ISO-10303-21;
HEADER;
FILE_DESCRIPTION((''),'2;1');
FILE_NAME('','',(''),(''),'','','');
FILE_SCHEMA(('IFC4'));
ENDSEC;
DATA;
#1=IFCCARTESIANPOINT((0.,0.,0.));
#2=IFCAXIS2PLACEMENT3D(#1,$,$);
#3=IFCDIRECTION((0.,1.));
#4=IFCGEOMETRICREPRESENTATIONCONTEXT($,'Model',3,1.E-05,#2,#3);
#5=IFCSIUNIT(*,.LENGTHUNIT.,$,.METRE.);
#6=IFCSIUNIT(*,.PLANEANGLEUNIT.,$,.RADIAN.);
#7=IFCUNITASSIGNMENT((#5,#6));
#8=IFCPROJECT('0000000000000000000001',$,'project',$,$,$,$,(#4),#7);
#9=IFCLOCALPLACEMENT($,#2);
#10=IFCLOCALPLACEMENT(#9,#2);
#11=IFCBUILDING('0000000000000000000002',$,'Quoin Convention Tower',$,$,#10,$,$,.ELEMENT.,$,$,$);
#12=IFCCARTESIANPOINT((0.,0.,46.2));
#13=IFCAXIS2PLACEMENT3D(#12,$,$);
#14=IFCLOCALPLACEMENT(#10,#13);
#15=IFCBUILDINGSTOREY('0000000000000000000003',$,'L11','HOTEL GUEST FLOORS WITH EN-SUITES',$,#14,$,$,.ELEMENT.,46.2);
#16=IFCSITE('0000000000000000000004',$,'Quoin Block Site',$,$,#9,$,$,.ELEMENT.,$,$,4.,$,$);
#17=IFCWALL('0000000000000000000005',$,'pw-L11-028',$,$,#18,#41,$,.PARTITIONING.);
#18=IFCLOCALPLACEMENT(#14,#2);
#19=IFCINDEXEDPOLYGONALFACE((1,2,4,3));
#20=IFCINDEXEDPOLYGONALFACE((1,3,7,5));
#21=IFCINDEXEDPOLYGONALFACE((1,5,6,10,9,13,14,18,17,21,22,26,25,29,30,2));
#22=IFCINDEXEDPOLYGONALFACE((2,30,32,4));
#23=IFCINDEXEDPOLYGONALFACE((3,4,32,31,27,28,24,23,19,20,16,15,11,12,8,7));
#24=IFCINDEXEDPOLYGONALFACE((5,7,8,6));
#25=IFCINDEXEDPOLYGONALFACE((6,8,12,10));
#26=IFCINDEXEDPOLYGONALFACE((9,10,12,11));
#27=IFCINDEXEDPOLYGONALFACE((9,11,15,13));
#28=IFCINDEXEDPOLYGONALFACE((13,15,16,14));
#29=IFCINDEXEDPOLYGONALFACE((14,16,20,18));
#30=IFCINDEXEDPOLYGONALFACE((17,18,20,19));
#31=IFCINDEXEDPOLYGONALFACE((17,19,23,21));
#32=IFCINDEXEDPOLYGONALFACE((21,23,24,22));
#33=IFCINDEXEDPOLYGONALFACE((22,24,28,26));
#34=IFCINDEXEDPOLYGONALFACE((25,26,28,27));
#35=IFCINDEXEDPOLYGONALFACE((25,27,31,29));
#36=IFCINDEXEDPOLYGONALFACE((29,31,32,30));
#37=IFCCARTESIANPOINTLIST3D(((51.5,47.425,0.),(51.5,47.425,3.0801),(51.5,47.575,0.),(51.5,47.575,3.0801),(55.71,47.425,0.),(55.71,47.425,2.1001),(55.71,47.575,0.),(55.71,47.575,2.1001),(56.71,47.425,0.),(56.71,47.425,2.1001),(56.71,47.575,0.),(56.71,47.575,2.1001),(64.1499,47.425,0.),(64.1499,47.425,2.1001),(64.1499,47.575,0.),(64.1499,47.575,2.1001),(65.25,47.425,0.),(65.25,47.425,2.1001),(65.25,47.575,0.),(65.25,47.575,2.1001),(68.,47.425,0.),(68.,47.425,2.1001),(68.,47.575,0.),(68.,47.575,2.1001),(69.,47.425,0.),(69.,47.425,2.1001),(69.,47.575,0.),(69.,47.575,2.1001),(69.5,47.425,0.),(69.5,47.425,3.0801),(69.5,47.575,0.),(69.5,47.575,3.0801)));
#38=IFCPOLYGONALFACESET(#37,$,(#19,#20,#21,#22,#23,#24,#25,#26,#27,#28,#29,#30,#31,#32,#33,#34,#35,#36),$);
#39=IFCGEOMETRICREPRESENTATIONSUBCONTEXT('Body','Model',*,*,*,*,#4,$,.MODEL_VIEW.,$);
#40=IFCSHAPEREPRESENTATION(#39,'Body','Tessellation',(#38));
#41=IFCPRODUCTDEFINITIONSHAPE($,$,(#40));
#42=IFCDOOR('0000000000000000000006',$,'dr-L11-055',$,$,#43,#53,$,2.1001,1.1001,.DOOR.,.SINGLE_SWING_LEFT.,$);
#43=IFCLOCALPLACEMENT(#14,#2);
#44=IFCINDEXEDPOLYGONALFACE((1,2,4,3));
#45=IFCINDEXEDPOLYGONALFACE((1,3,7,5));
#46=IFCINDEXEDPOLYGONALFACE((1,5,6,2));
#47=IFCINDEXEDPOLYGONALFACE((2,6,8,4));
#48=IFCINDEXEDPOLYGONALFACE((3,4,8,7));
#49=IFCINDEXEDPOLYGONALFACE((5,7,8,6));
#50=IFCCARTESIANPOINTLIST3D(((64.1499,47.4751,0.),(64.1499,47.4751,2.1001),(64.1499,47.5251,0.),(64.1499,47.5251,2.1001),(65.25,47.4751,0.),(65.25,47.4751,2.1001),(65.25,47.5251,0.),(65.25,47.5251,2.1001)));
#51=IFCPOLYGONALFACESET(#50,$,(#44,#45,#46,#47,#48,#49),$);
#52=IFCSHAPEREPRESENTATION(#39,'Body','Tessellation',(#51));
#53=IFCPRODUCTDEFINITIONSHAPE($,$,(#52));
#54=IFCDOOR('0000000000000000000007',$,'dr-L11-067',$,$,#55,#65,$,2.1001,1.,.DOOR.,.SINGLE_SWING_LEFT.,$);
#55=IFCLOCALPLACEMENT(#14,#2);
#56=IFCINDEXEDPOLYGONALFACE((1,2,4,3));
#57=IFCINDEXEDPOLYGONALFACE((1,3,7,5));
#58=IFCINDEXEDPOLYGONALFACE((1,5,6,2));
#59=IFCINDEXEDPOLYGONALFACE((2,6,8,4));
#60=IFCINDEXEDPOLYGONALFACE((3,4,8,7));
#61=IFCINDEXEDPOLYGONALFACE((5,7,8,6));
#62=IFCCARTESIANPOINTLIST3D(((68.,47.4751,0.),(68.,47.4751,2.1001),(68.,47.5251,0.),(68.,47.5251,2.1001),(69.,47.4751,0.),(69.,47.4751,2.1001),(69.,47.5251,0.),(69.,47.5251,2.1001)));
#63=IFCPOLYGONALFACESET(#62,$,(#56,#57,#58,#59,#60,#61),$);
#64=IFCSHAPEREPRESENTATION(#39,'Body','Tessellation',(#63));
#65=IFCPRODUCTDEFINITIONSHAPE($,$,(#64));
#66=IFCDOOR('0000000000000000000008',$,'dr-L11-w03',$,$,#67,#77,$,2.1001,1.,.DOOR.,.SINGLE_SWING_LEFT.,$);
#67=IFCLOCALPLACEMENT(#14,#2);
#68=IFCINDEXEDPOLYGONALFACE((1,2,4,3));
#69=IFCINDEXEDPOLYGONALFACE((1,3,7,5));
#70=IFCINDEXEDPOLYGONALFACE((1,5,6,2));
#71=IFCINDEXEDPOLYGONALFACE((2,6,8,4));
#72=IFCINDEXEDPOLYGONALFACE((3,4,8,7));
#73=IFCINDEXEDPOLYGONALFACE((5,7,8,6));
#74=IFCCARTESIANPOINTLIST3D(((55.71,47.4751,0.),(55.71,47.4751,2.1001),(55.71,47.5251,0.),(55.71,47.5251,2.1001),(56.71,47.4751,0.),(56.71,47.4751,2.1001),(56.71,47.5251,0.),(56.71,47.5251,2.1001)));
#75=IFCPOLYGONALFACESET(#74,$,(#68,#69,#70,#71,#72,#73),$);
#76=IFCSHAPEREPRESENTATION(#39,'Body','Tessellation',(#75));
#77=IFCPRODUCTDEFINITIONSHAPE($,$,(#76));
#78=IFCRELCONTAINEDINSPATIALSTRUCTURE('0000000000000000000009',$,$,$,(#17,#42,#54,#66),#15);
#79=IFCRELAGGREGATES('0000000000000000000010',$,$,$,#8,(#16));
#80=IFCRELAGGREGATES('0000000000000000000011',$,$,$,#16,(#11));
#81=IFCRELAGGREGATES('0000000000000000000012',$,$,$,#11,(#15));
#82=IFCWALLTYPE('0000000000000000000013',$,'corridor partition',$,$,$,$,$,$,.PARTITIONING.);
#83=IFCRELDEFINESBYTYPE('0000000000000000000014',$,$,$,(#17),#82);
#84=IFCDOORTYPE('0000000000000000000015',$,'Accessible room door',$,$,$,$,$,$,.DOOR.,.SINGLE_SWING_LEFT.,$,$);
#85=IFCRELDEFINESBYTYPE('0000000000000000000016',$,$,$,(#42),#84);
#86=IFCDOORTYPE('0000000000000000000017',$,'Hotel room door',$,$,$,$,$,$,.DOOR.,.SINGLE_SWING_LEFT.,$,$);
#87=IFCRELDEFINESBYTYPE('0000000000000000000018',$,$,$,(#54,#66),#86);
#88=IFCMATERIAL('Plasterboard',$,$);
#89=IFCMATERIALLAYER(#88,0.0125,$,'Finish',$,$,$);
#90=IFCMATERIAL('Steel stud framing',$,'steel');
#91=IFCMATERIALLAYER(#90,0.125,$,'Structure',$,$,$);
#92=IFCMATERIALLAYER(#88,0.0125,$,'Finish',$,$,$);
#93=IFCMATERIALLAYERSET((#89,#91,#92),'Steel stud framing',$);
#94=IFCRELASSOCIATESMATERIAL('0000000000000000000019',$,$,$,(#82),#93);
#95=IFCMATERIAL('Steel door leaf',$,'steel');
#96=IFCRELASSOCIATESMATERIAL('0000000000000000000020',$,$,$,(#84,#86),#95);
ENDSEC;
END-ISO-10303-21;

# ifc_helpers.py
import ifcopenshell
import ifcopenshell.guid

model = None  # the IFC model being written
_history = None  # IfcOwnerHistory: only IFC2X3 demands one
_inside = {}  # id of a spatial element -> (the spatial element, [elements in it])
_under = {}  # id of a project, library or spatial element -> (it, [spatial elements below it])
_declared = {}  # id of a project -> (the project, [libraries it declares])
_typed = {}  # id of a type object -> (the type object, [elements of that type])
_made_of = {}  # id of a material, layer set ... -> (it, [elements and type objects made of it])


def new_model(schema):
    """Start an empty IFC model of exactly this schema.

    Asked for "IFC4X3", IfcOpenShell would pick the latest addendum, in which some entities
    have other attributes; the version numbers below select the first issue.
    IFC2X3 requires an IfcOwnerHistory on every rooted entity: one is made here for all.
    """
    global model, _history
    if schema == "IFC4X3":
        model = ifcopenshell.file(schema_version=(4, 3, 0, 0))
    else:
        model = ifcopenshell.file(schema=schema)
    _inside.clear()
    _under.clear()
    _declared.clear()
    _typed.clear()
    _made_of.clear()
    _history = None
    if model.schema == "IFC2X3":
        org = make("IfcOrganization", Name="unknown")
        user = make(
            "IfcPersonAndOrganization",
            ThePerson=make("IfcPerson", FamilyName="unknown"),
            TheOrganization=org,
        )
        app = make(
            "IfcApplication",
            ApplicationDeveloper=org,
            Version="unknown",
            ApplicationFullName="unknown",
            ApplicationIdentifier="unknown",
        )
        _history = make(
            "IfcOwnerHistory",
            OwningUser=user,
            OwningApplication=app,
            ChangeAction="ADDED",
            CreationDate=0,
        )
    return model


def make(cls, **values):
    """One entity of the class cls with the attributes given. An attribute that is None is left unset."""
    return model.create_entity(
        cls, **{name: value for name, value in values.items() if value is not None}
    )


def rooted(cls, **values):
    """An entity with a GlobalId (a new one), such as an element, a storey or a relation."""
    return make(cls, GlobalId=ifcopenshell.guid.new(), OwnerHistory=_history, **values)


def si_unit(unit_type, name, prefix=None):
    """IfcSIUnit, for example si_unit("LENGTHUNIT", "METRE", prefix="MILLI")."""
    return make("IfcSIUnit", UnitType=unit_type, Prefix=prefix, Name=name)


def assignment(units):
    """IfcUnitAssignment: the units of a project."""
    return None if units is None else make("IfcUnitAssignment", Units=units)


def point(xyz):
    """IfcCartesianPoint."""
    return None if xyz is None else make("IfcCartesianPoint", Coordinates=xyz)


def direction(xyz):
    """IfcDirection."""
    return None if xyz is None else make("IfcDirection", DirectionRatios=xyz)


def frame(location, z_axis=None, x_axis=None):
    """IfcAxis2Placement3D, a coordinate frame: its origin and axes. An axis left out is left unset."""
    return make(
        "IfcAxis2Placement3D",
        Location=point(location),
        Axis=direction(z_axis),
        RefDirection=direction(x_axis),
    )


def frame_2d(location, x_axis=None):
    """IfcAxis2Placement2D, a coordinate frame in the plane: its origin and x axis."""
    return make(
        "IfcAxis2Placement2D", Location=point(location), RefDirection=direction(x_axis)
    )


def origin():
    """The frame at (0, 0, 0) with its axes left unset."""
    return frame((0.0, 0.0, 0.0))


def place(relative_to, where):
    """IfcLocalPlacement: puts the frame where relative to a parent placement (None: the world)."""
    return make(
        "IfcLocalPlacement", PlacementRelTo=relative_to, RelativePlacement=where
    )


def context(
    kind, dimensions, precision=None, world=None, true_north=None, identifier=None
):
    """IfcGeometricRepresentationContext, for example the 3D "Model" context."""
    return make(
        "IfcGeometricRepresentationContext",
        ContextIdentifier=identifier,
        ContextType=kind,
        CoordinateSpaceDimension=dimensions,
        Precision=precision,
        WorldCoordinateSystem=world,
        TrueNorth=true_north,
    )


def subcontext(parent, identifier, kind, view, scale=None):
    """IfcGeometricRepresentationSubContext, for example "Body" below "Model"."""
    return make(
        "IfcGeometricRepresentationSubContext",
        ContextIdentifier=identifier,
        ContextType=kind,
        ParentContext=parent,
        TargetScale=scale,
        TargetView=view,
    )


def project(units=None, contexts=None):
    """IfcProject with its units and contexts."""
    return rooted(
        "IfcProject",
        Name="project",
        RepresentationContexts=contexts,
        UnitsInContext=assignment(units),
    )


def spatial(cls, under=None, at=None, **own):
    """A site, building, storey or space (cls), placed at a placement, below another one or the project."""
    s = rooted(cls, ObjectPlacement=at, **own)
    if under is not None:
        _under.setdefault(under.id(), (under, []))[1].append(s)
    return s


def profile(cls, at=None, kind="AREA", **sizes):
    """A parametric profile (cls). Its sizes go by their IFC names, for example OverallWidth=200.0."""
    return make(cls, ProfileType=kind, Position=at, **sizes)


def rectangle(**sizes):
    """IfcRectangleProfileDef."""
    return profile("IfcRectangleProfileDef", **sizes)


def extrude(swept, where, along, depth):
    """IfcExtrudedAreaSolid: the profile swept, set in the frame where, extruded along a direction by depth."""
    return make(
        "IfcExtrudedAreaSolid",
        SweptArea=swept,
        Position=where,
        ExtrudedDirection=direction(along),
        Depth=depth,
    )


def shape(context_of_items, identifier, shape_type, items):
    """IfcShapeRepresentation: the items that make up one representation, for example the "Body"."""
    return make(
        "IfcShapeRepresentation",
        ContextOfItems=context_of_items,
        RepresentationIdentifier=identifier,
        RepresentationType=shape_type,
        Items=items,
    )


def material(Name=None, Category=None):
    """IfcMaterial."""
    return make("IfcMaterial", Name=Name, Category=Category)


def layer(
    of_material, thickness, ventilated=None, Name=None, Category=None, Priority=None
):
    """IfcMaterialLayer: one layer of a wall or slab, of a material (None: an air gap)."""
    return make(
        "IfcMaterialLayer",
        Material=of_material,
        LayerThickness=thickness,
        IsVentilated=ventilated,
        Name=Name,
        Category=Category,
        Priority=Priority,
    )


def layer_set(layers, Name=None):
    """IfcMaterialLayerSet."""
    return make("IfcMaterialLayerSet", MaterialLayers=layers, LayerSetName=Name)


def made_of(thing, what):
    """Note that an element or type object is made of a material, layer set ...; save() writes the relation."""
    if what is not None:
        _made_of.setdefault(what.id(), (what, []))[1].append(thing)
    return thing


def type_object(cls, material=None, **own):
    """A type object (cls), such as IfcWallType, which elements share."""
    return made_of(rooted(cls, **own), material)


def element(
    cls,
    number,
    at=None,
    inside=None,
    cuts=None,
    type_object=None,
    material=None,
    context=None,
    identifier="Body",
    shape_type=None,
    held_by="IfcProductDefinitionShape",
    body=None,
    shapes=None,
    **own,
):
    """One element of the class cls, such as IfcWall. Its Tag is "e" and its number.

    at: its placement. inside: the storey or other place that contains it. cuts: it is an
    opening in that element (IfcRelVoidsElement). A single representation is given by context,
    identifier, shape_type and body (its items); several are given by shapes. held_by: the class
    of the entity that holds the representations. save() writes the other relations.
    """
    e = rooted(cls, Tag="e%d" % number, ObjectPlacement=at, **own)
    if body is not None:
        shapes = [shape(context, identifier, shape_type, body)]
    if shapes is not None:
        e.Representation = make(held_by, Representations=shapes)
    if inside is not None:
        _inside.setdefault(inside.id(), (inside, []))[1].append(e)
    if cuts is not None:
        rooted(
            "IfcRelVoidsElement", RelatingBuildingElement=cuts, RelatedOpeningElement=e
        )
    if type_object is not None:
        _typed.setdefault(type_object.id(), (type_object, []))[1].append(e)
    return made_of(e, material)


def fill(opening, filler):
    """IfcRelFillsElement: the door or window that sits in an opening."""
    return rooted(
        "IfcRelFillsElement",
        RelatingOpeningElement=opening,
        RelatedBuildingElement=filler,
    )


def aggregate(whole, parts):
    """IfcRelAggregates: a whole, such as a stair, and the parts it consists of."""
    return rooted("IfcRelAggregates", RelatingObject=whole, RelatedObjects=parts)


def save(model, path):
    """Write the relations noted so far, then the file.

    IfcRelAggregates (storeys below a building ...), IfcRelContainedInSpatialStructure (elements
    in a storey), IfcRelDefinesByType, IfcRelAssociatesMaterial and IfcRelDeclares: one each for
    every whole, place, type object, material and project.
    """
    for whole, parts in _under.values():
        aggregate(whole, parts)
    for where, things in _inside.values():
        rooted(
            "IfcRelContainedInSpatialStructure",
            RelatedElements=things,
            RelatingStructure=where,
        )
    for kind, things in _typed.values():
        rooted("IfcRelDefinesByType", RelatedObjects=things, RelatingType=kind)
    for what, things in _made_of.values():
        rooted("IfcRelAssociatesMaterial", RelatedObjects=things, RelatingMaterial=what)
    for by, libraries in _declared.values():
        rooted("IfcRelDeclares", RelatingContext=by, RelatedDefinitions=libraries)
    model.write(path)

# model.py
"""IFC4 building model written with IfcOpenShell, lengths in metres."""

from ifc_helpers import new_model, si_unit, direction, frame, frame_2d, origin, place, context, subcontext, project, spatial, rectangle, extrude, material, layer, layer_set, type_object, element, fill, save


model = new_model("IFC4")

# Units and contexts
model_context = context("Model", 3, precision=1e-05, world=origin(), true_north=direction((0.0, 1.0)))
body_context = subcontext(model_context, "Body", "Model", "MODEL_VIEW")
ifc_project = project(units=[si_unit("LENGTHUNIT", "METRE"), si_unit("PLANEANGLEUNIT", "RADIAN")], contexts=[model_context])

# Site, building, storey
site_placement = place(None, origin())
site = spatial("IfcSite", under=ifc_project, at=site_placement, Name="Quoin Block Site", CompositionType="ELEMENT", RefElevation=4.0)
building_placement = place(site_placement, origin())
building = spatial("IfcBuilding", under=site, at=building_placement, Name="Quoin Convention Tower", CompositionType="ELEMENT")
storey_placement = place(building_placement, frame((0.0, 0.0, 46.2)))
storey = spatial("IfcBuildingStorey", under=building, at=storey_placement, Name="L11", Description="HOTEL GUEST FLOORS WITH EN-SUITES", CompositionType="ELEMENT", Elevation=46.2)

# Shared definitions
ifc_material_1 = material(Name="Plasterboard")
ifc_material_2 = material(Name="Steel stud framing", Category="steel")
ifc_material_3 = material(Name="Steel door leaf", Category="steel")

# Wall, openings, doors
ifc_layer_1 = layer(ifc_material_1, 0.0125, Name="Finish")
ifc_layer_2 = layer(ifc_material_2, 0.125, Name="Structure")
ifc_layer_3 = layer(ifc_material_1, 0.0125, Name="Finish")
ifc_layer_set_1 = layer_set([ifc_layer_1, ifc_layer_2, ifc_layer_3], Name="Steel stud framing")
wall_type_1 = type_object("IfcWallType", Name="corridor partition", PredefinedType="PARTITIONING", material=ifc_layer_set_1)
wall_1_placement = place(storey_placement, frame((51.5, 47.5, 0.0), z_axis=(0.0, 0.0, 1.0), x_axis=(1.0, 0.0, 0.0)))
wall_1 = element("IfcWall", 1, at=wall_1_placement, inside=storey, type_object=wall_type_1, Name="pw-L11-028", PredefinedType="PARTITIONING", context=body_context, shape_type="SweptSolid", body=[
    extrude(rectangle(XDim=18.0, YDim=0.1499, at=frame_2d((9.0, 0.0))), origin(), (0.0, 0.0, 1.0), 3.0801),
])
opening_1_placement = place(wall_1_placement, frame((12.6499, 0.0, 0.0)))
opening_1 = element("IfcOpeningElement", 2, at=opening_1_placement, cuts=wall_1, PredefinedType="OPENING", context=body_context, shape_type="SweptSolid", body=[
    extrude(rectangle(XDim=1.1001, YDim=2.1001, at=frame_2d((0.55, 1.05))), frame((0.0, 0.085, 0.0), z_axis=(0.0, -1.0, 0.0), x_axis=(1.0, 0.0, 0.0)), (0.0, 0.0, 1.0), 0.1699),
])
opening_2_placement = place(wall_1_placement, frame((16.5, 0.0, 0.0)))
opening_2 = element("IfcOpeningElement", 3, at=opening_2_placement, cuts=wall_1, PredefinedType="OPENING", context=body_context, shape_type="SweptSolid", body=[
    extrude(rectangle(XDim=1.0, YDim=2.1001, at=frame_2d((0.5, 1.05))), frame((0.0, 0.085, 0.0), z_axis=(0.0, -1.0, 0.0), x_axis=(1.0, 0.0, 0.0)), (0.0, 0.0, 1.0), 0.1699),
])
opening_3_placement = place(wall_1_placement, frame((4.21, 0.0, 0.0)))
opening_3 = element("IfcOpeningElement", 4, at=opening_3_placement, cuts=wall_1, PredefinedType="OPENING", context=body_context, shape_type="SweptSolid", body=[
    extrude(rectangle(XDim=1.0, YDim=2.1001, at=frame_2d((0.5, 1.05))), frame((0.0, 0.085, 0.0), z_axis=(0.0, -1.0, 0.0), x_axis=(1.0, 0.0, 0.0)), (0.0, 0.0, 1.0), 0.1699),
])
door_type_1 = type_object("IfcDoorType", Name="Accessible room door", OperationType="SINGLE_SWING_LEFT", PredefinedType="DOOR", material=ifc_material_3)
door_1_placement = place(opening_1_placement, frame((1.1001, 0.0, 0.0), z_axis=(0.0, 0.0, 1.0), x_axis=(-1.0, 0.0, 0.0)))
door_1 = element("IfcDoor", 5, at=door_1_placement, inside=storey, type_object=door_type_1, Name="dr-L11-055", OperationType="SINGLE_SWING_LEFT", OverallHeight=2.1001, OverallWidth=1.1001, PredefinedType="DOOR", context=body_context, shape_type="SweptSolid", body=[
    extrude(rectangle(XDim=1.1001, YDim=2.1001, at=frame_2d((0.55, 1.05))), frame((0.0, 0.0249, 0.0), z_axis=(0.0, -1.0, 0.0), x_axis=(1.0, 0.0, 0.0)), (0.0, 0.0, 1.0), 0.05),
])
fill(opening_1, door_1)
door_type_2 = type_object("IfcDoorType", Name="Hotel room door", OperationType="SINGLE_SWING_LEFT", PredefinedType="DOOR", material=ifc_material_3)
door_2_placement = place(opening_2_placement, frame((1.0, 0.0, 0.0), z_axis=(0.0, 0.0, 1.0), x_axis=(-1.0, 0.0, 0.0)))
door_2 = element("IfcDoor", 6, at=door_2_placement, inside=storey, type_object=door_type_2, Name="dr-L11-067", OperationType="SINGLE_SWING_LEFT", OverallHeight=2.1001, OverallWidth=1.0, PredefinedType="DOOR", context=body_context, shape_type="SweptSolid", body=[
    extrude(rectangle(XDim=1.0, YDim=2.1001, at=frame_2d((0.5, 1.05))), frame((0.0, 0.0249, 0.0), z_axis=(0.0, -1.0, 0.0), x_axis=(1.0, 0.0, 0.0)), (0.0, 0.0, 1.0), 0.05),
])
fill(opening_2, door_2)
door_3_placement = place(opening_3_placement, frame((1.0, 0.0, 0.0), z_axis=(0.0, 0.0, 1.0), x_axis=(-1.0, 0.0, 0.0)))
door_3 = element("IfcDoor", 7, at=door_3_placement, inside=storey, type_object=door_type_2, Name="dr-L11-w03", OperationType="SINGLE_SWING_LEFT", OverallHeight=2.1001, OverallWidth=1.0, PredefinedType="DOOR", context=body_context, shape_type="SweptSolid", body=[
    extrude(rectangle(XDim=1.0, YDim=2.1001, at=frame_2d((0.5, 1.05))), frame((0.0, 0.0249, 0.0), z_axis=(0.0, -1.0, 0.0), x_axis=(1.0, 0.0, 0.0)), (0.0, 0.0, 1.0), 0.05),
])
fill(opening_3, door_3)

save(model, "model.ifc")
